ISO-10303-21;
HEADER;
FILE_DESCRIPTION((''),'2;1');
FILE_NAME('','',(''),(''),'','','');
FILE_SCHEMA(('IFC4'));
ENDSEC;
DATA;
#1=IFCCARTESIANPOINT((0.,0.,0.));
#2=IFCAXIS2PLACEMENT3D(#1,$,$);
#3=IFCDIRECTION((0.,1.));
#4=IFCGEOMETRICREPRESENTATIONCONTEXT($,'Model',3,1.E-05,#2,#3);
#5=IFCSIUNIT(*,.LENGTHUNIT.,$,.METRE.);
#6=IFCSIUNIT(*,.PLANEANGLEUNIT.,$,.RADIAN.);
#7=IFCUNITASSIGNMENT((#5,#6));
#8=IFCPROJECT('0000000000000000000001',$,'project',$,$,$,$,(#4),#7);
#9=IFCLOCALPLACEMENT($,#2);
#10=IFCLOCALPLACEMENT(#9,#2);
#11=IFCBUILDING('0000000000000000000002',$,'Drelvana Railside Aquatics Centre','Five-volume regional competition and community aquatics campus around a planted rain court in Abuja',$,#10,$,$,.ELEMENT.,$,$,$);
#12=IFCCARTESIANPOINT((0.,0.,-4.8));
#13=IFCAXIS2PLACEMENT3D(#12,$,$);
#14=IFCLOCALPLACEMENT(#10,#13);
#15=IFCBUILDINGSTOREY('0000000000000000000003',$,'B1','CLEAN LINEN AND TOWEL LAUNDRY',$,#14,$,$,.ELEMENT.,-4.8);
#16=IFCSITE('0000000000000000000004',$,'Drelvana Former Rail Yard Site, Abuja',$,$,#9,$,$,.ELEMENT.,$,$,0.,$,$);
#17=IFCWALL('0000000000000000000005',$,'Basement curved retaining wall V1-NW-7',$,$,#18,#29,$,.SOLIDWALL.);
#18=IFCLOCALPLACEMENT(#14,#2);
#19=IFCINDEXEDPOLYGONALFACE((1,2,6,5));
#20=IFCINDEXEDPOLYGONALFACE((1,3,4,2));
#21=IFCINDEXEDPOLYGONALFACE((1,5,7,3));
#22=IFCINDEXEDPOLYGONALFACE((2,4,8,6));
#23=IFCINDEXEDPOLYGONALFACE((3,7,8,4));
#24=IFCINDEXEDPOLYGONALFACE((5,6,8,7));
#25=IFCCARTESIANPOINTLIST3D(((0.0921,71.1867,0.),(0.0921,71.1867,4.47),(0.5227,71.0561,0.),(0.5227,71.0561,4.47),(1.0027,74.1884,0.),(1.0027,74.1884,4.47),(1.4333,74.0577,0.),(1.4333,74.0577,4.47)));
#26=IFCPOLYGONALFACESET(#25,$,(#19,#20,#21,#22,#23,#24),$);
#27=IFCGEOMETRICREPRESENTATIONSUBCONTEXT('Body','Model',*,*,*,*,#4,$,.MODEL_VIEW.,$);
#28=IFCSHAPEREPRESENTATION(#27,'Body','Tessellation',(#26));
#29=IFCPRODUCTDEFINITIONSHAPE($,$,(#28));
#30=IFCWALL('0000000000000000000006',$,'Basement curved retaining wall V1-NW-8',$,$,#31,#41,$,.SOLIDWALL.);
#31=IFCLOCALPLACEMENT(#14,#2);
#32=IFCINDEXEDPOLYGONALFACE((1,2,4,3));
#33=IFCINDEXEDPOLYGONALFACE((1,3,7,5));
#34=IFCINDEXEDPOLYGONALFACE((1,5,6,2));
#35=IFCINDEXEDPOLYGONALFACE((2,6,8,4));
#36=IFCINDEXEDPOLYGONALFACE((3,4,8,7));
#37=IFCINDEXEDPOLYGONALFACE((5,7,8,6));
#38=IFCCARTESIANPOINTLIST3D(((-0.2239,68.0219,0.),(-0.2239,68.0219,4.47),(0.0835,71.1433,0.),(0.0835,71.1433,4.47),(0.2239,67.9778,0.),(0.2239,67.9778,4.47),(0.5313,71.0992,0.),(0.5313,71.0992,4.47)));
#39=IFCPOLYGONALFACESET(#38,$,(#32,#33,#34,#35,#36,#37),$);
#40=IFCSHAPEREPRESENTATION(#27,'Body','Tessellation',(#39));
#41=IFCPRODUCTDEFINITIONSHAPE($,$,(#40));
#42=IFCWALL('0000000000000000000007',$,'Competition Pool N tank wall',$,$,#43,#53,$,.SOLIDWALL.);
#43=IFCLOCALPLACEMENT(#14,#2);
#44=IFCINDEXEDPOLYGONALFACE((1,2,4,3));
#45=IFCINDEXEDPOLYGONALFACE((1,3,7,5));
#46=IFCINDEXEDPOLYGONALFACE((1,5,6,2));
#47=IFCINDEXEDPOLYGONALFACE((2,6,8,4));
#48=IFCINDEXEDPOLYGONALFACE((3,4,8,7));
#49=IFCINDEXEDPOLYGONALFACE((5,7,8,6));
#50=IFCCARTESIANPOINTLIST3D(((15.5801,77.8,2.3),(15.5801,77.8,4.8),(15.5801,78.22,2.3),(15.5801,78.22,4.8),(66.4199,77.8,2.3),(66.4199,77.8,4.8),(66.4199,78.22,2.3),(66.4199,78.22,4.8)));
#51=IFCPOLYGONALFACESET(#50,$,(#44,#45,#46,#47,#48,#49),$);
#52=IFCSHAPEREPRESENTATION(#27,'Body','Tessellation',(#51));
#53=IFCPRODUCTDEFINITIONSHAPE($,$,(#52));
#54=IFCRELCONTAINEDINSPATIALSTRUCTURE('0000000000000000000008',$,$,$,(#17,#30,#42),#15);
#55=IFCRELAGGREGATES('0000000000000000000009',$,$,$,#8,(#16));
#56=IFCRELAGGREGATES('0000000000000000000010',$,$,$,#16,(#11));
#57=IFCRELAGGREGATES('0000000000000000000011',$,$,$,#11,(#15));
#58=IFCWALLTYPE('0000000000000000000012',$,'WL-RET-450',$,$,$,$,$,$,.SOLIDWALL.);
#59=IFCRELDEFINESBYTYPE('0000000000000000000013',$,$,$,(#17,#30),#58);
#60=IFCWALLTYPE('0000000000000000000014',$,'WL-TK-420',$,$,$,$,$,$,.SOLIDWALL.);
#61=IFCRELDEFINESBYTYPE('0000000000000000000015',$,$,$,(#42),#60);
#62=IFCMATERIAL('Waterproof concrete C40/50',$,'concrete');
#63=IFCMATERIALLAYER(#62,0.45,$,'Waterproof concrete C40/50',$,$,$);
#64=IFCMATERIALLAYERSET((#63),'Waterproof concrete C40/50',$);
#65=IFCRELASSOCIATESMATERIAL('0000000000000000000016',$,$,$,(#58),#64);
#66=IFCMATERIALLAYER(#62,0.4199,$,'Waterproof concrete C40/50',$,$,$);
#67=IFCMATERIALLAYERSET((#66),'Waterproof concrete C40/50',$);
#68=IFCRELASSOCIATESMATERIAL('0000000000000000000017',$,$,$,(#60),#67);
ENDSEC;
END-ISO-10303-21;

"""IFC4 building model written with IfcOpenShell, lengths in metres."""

from ifc_helpers import new_model, si_unit, direction, frame, frame_2d, origin, place, context, subcontext, project, spatial, rectangle, extrude, material, layer, layer_set, type_object, element, save


model = new_model("IFC4")

# Units and contexts
model_context = context("Model", 3, precision=1e-05, world=origin(), true_north=direction((0.0, 1.0)))
body_context = subcontext(model_context, "Body", "Model", "MODEL_VIEW")
ifc_project = project(units=[si_unit("LENGTHUNIT", "METRE"), si_unit("PLANEANGLEUNIT", "RADIAN")], contexts=[model_context])

# Site, building, storey
site_placement = place(None, origin())
site = spatial("IfcSite", under=ifc_project, at=site_placement, Name="Drelvana Former Rail Yard Site, Abuja", CompositionType="ELEMENT", RefElevation=0.0)
building_placement = place(site_placement, origin())
building = spatial("IfcBuilding", under=site, at=building_placement, Name="Drelvana Railside Aquatics Centre", Description="Five-volume regional competition and community aquatics campus around a planted rain court in Abuja", CompositionType="ELEMENT")
storey_placement = place(building_placement, frame((0.0, 0.0, -4.8)))
storey = spatial("IfcBuildingStorey", under=building, at=storey_placement, Name="B1", Description="CLEAN LINEN AND TOWEL LAUNDRY", CompositionType="ELEMENT", Elevation=-4.8)

# Walls
ifc_material_1 = material(Name="Waterproof concrete C40/50", Category="concrete")
ifc_layer_1 = layer(ifc_material_1, 0.45, Name="Waterproof concrete C40/50")
ifc_layer_set_1 = layer_set([ifc_layer_1], Name="Waterproof concrete C40/50")
wall_type_1 = type_object("IfcWallType", Name="WL-RET-450", PredefinedType="SOLIDWALL", material=ifc_layer_set_1)
wall_1_placement = place(storey_placement, frame((1.218, 74.123, 0.0), z_axis=(0.0, 0.0, 1.0), x_axis=(-0.29031, -0.956933, 0.0)))
element("IfcWall", 1, at=wall_1_placement, inside=storey, type_object=wall_type_1, Name="Basement curved retaining wall V1-NW-7", PredefinedType="SOLIDWALL", context=body_context, shape_type="SweptSolid", body=[
    extrude(rectangle(XDim=3.1367, YDim=0.45, at=frame_2d((1.5684, 0.0))), origin(), (0.0, 0.0, 1.0), 4.47),
])
wall_2_placement = place(storey_placement, frame((0.3074, 71.1213, 0.0), z_axis=(0.0, 0.0, 1.0), x_axis=(-0.098001, -0.995186, 0.0)))
element("IfcWall", 2, at=wall_2_placement, inside=storey, type_object=wall_type_1, Name="Basement curved retaining wall V1-NW-8", PredefinedType="SOLIDWALL", context=body_context, shape_type="SweptSolid", body=[
    extrude(rectangle(XDim=3.1365, YDim=0.45, at=frame_2d((1.5684, 0.0))), origin(), (0.0, 0.0, 1.0), 4.47),
])
ifc_layer_2 = layer(ifc_material_1, 0.4199, Name="Waterproof concrete C40/50")
ifc_layer_set_2 = layer_set([ifc_layer_2], Name="Waterproof concrete C40/50")
wall_type_2 = type_object("IfcWallType", Name="WL-TK-420", PredefinedType="SOLIDWALL", material=ifc_layer_set_2)
wall_3_placement = place(storey_placement, frame((15.5801, 78.01, 2.3), z_axis=(0.0, 0.0, 1.0), x_axis=(1.0, 0.0, 0.0)))
element("IfcWall", 3, at=wall_3_placement, inside=storey, type_object=wall_type_2, Name="Competition Pool N tank wall", PredefinedType="SOLIDWALL", context=body_context, shape_type="SweptSolid", body=[
    extrude(rectangle(XDim=50.8398, YDim=0.4199, at=frame_2d((25.4199, 0.0))), origin(), (0.0, 0.0, 1.0), 2.5),
])

save(model, "model.ifc")
